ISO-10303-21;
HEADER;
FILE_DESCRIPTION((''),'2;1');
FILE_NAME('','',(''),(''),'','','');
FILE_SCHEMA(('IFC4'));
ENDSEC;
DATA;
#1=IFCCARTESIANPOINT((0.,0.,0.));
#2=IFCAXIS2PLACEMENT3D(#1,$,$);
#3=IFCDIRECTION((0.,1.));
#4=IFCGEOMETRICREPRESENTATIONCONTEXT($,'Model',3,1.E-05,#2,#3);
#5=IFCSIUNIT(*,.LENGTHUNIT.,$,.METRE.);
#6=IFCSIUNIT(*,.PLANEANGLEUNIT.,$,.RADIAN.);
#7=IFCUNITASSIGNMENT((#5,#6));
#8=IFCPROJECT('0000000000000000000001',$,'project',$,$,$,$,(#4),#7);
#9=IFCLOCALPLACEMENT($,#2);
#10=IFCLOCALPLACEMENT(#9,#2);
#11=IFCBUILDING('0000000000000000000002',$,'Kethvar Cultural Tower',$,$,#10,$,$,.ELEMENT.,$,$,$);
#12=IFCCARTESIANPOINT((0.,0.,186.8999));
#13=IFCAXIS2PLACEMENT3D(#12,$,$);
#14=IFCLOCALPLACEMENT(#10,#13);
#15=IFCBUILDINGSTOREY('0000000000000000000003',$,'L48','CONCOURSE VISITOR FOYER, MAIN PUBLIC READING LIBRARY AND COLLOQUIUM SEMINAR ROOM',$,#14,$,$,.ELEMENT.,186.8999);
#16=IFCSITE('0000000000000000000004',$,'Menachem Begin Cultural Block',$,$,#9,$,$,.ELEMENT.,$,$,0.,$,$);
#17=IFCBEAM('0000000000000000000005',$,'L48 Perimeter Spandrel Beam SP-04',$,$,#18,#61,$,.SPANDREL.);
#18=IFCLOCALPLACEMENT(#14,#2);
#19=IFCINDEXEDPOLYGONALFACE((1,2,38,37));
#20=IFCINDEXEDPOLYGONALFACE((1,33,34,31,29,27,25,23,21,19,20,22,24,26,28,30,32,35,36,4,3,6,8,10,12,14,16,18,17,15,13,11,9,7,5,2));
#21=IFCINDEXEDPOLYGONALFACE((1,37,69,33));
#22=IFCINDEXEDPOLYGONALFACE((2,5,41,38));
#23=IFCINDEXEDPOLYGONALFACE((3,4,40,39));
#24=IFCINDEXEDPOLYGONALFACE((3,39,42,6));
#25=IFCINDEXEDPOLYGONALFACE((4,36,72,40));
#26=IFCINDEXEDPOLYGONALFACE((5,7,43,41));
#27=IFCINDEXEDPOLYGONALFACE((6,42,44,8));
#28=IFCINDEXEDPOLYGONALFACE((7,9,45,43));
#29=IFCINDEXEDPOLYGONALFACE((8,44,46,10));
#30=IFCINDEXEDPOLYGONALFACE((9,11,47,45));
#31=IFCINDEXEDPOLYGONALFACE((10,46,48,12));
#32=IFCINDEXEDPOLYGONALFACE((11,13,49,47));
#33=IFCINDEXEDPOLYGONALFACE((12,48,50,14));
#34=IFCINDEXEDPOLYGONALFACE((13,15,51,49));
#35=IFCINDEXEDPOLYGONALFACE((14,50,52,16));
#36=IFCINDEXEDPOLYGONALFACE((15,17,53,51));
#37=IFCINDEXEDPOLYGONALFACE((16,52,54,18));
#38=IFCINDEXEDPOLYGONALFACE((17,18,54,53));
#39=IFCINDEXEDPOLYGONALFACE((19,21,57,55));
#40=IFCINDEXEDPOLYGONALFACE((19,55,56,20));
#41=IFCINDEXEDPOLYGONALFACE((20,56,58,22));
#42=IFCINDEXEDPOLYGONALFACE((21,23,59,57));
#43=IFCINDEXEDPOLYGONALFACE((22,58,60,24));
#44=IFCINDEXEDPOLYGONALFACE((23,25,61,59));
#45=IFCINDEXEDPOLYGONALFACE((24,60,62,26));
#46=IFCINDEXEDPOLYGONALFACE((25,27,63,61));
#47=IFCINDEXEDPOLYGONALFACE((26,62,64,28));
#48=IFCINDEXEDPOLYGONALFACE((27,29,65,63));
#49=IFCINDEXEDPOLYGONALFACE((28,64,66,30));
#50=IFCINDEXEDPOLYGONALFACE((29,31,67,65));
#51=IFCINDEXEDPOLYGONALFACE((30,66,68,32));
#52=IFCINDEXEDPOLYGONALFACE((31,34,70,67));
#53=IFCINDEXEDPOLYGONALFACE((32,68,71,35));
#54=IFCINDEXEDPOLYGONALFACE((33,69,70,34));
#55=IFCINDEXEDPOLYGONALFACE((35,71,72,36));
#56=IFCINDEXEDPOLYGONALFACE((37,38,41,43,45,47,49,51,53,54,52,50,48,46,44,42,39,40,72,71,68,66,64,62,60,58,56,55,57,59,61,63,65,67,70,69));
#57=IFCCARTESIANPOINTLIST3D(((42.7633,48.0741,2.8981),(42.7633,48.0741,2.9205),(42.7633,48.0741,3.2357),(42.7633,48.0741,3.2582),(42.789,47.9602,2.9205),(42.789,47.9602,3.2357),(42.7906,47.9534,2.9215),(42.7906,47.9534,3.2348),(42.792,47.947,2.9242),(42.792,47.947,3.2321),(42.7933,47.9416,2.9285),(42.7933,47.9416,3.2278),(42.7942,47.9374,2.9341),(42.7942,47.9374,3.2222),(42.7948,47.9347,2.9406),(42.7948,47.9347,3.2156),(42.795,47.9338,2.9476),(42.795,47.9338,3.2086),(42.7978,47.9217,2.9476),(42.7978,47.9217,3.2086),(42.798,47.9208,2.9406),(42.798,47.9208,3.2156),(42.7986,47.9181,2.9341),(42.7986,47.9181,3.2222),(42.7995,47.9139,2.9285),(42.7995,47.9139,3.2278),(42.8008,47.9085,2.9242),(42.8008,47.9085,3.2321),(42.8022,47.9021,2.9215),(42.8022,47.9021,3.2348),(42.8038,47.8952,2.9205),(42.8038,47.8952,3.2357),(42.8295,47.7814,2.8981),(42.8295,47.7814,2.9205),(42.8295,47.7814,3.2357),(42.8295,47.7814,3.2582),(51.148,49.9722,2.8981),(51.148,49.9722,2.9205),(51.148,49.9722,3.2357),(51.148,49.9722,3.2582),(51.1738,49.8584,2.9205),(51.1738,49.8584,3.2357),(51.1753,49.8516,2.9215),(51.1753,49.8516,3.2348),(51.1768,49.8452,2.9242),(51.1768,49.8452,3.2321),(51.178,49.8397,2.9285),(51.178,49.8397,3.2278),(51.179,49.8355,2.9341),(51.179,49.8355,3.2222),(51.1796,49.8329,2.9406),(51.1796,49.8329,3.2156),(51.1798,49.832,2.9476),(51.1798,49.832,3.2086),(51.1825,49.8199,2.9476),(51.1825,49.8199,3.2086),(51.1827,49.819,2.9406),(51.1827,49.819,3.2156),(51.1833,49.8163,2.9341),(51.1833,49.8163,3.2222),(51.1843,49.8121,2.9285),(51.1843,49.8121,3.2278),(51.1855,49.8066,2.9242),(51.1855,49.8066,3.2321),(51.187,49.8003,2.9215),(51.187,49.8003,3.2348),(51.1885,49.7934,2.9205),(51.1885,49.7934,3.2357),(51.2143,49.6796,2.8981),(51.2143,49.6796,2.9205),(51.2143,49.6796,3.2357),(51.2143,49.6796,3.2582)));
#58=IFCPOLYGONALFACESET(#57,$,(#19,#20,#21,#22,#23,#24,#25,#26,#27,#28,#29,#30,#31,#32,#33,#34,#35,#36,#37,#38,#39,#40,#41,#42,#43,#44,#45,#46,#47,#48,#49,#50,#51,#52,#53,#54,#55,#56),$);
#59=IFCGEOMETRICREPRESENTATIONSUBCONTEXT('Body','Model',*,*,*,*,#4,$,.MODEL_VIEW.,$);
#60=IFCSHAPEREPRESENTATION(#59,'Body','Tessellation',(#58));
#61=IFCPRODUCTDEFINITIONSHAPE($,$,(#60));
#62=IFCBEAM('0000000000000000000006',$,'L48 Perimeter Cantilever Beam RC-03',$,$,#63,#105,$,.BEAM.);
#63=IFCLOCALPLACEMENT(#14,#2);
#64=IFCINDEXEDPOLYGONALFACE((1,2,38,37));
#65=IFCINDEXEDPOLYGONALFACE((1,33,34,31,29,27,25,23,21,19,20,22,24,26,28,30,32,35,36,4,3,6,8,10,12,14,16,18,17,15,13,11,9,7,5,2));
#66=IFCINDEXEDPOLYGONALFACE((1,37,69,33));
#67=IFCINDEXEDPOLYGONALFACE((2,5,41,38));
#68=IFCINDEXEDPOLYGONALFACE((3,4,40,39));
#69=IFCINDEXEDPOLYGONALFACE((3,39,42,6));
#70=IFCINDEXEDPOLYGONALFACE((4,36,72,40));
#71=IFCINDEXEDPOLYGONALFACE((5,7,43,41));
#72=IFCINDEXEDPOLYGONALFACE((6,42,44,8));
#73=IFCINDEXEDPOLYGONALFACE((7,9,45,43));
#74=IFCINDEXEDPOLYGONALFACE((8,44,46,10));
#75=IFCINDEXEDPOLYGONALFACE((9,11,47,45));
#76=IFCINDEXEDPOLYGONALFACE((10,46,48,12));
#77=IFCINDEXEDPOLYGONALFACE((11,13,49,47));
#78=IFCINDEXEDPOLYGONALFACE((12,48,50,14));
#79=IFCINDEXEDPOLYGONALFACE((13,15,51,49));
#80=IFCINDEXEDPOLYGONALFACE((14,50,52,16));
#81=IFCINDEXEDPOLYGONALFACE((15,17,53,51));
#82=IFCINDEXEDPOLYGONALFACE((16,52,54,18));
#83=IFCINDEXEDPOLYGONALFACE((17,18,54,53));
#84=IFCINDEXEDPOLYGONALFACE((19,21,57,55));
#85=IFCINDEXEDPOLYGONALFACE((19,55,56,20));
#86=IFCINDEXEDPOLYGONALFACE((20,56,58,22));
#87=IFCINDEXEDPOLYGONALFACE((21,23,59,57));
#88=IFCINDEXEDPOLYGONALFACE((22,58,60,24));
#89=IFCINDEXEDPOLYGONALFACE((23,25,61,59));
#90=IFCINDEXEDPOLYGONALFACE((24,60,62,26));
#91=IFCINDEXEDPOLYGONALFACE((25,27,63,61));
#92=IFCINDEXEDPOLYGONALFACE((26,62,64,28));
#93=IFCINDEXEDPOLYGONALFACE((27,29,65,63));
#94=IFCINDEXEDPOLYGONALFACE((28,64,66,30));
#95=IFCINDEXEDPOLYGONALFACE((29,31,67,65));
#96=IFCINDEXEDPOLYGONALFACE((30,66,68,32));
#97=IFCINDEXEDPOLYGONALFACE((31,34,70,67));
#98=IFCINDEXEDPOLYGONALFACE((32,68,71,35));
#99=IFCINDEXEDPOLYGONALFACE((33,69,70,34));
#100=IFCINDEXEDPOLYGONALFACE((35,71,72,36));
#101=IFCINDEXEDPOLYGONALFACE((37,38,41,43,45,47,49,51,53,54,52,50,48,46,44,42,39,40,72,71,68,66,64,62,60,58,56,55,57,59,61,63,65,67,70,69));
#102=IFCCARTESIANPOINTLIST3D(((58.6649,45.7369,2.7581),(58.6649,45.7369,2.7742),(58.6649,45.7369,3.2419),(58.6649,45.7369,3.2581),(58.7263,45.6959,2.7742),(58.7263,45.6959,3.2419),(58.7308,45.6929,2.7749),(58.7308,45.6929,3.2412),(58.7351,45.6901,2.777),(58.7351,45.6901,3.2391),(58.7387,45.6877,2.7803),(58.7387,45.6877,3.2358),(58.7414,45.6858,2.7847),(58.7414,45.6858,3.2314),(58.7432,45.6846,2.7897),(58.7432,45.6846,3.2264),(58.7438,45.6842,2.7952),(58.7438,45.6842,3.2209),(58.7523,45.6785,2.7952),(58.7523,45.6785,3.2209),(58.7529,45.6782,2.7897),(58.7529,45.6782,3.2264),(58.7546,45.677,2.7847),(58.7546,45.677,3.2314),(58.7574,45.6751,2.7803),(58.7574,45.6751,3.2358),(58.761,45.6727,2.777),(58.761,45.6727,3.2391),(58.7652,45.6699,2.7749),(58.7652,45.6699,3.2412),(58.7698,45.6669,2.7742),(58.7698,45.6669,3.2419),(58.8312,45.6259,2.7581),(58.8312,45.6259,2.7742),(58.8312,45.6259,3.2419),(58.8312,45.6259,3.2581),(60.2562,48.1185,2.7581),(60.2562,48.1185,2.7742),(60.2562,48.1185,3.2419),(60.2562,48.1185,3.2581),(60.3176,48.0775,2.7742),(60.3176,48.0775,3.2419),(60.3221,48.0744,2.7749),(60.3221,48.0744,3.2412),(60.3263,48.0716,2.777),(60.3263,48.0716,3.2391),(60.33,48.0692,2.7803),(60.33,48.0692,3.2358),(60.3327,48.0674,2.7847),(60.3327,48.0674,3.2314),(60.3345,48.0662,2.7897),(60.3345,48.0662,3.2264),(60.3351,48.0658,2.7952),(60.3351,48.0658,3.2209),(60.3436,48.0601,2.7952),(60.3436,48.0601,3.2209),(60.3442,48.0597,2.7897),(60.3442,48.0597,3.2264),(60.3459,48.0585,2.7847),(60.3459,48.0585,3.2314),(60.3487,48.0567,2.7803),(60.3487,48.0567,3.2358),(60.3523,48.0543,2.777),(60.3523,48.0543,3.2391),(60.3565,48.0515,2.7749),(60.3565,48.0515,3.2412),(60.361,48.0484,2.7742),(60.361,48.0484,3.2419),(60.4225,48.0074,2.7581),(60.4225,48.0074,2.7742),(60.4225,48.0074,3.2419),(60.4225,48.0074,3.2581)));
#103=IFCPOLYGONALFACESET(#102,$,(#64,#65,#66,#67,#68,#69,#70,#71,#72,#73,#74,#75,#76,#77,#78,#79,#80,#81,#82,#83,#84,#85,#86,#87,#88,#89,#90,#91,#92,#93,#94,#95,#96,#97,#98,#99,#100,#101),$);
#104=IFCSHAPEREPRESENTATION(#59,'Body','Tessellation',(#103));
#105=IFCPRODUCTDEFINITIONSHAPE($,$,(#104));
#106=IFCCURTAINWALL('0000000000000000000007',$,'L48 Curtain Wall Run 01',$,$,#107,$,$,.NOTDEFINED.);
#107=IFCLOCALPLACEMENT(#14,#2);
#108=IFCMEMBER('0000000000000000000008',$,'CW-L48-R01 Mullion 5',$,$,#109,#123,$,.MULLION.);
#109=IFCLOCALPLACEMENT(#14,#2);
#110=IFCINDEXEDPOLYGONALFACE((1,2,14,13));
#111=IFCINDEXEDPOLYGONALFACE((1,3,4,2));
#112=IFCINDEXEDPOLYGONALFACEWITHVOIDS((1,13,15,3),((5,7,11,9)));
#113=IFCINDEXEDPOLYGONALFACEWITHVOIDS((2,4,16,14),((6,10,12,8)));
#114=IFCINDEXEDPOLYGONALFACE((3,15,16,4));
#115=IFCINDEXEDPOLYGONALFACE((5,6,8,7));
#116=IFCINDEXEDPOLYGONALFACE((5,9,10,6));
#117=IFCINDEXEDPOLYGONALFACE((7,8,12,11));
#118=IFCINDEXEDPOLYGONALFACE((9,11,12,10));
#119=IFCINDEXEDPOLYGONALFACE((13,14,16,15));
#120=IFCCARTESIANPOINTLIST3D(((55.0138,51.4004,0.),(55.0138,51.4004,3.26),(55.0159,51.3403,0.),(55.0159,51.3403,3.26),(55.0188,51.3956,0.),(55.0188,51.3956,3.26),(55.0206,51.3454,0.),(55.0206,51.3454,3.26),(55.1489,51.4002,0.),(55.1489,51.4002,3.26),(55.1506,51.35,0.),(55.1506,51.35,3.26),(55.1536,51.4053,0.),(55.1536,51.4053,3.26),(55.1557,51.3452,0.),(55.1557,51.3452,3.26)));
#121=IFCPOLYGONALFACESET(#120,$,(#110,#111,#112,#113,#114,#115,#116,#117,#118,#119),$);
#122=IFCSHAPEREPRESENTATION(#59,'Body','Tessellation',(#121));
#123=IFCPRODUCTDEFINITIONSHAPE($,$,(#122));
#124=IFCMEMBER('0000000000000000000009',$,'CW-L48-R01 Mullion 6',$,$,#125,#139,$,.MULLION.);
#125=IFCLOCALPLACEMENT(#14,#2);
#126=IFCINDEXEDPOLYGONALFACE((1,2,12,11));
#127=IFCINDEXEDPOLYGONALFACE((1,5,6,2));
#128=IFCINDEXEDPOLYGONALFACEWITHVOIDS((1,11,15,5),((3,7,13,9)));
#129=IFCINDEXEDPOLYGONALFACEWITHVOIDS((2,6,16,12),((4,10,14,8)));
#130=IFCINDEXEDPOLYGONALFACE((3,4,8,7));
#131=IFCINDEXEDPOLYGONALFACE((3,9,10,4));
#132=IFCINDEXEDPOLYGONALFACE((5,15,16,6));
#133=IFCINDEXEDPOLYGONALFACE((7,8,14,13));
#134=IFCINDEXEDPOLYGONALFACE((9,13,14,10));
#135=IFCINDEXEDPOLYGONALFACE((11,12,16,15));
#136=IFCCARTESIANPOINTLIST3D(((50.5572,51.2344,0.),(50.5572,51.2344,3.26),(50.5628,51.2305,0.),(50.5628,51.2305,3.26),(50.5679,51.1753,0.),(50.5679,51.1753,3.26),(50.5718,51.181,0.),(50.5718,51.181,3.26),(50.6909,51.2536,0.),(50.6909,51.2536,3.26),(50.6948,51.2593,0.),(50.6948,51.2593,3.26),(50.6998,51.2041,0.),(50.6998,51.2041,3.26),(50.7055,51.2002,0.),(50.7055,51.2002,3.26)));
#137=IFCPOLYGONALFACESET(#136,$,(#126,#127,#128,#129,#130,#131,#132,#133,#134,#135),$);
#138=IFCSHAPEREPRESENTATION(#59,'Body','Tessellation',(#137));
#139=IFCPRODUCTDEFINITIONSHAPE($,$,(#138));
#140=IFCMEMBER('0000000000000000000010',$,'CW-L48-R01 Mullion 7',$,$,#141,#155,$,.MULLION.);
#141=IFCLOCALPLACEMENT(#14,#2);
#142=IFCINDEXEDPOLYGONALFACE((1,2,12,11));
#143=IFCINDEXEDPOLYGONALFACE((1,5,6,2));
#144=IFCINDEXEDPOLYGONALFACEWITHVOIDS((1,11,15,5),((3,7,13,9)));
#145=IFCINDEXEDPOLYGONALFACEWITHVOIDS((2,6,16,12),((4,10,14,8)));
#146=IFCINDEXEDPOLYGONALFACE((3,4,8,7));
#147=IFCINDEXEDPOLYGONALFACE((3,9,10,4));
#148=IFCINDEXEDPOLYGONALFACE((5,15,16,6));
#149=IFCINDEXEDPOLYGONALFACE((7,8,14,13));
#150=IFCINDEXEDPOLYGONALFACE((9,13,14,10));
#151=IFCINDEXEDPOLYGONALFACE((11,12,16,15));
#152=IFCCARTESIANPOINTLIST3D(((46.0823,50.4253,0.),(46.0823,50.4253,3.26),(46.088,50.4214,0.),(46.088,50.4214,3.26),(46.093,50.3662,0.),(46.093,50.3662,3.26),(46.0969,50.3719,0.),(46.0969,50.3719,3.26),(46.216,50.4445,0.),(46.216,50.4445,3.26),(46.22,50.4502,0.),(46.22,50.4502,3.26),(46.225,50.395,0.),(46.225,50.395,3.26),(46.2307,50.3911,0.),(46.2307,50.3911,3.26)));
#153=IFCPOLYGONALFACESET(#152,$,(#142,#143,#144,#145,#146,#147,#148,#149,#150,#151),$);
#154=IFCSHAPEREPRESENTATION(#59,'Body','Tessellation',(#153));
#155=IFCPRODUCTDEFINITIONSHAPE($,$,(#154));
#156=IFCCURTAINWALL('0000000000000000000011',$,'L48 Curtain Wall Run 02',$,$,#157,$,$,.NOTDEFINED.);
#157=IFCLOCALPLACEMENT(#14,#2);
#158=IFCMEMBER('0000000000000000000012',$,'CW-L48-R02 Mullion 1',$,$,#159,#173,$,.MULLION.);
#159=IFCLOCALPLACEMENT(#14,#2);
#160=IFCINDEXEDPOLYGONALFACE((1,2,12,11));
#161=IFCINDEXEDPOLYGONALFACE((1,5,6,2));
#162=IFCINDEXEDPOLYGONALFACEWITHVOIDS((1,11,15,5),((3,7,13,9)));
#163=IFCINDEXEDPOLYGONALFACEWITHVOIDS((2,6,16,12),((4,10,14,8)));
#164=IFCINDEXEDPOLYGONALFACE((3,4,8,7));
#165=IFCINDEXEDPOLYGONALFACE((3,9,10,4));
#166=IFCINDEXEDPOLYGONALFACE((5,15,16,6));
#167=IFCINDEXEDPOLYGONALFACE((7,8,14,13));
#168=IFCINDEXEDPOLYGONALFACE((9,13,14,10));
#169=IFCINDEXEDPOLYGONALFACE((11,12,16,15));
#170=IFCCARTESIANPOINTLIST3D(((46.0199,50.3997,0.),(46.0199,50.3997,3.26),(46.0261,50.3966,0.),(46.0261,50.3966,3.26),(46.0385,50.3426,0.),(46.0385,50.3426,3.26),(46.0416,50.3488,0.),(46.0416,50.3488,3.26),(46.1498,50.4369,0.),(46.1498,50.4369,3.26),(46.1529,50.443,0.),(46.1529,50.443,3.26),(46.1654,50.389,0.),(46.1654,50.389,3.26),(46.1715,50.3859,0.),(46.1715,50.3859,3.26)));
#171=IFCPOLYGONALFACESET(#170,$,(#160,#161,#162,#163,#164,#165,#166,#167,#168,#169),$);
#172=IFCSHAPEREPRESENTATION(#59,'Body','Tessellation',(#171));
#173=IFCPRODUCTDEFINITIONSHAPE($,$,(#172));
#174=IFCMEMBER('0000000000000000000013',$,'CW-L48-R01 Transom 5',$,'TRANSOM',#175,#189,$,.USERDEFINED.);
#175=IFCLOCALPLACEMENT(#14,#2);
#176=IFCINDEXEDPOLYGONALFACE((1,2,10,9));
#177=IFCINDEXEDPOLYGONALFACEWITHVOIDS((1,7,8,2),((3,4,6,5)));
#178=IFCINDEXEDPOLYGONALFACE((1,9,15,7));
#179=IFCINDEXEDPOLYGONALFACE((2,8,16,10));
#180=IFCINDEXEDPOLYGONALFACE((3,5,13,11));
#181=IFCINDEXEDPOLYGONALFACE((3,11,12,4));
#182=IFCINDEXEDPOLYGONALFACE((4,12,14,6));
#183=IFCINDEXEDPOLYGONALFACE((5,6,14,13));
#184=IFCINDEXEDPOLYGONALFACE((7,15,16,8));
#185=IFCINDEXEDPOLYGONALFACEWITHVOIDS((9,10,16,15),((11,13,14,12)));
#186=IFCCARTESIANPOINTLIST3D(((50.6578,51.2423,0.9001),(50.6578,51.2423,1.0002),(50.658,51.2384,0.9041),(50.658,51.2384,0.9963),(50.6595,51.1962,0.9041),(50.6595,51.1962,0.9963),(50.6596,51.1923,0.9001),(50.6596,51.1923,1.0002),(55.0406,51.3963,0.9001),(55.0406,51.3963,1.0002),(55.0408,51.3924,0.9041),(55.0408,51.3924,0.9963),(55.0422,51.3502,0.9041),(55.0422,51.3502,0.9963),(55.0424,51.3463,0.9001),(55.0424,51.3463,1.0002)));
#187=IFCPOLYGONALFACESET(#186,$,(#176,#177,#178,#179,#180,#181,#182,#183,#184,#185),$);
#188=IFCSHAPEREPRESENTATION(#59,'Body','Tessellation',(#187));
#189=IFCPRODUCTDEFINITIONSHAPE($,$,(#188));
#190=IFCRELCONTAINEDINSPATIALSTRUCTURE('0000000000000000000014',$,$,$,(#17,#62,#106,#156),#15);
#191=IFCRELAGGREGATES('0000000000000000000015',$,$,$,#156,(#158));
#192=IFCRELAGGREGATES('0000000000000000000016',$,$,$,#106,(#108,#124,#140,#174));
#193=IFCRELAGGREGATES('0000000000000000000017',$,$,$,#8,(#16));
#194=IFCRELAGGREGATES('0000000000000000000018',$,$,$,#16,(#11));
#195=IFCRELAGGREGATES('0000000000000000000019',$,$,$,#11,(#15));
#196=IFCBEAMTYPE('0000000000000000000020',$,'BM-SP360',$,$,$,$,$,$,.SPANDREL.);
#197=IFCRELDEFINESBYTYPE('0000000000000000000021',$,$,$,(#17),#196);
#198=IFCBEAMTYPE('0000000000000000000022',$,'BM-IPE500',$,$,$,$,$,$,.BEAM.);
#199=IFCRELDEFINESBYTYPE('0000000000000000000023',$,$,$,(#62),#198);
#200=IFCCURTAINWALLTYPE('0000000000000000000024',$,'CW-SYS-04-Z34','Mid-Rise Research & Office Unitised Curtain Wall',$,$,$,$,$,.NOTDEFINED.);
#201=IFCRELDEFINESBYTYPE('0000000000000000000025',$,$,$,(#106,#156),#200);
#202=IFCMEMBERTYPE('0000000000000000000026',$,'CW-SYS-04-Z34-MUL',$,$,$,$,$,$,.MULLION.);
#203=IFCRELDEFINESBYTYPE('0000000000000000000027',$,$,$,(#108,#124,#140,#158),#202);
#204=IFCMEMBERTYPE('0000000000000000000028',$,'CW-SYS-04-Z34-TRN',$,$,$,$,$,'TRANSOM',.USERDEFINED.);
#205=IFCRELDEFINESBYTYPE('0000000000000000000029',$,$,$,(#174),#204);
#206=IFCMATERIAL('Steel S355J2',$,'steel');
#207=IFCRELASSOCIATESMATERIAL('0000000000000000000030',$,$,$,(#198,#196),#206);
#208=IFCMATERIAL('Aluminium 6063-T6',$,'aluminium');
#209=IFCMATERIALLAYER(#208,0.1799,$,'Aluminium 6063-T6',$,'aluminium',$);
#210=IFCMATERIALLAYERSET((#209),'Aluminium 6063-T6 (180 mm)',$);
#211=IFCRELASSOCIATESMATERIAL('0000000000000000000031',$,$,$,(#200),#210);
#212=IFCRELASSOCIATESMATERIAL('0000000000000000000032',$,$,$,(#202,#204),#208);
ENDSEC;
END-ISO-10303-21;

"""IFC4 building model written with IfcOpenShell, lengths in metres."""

from ifc_helpers import new_model, si_unit, direction, frame, origin, origin_2d, place, context, subcontext, project, spatial, hollow_rectangle, i_section, extrude, source, transform, mapped, material, layer, layer_set, material_profile, profile_set, type_object, element, aggregate, save


model = new_model("IFC4")

# Units and contexts
model_context = context("Model", 3, precision=1e-05, world=origin(), true_north=direction((0.0, 1.0)))
body_context = subcontext(model_context, "Body", "Model", "MODEL_VIEW")
ifc_project = project(units=[si_unit("LENGTHUNIT", "METRE"), si_unit("PLANEANGLEUNIT", "RADIAN")], contexts=[model_context])

# Site, building, storey
site_placement = place(None, origin())
site = spatial("IfcSite", under=ifc_project, at=site_placement, Name="Menachem Begin Cultural Block", CompositionType="ELEMENT", RefElevation=0.0)
building_placement = place(site_placement, origin())
building = spatial("IfcBuilding", under=site, at=building_placement, Name="Kethvar Cultural Tower", CompositionType="ELEMENT")
storey_placement = place(building_placement, frame((0.0, 0.0, 186.8999)))
storey = spatial("IfcBuildingStorey", under=building, at=storey_placement, Name="L48", Description="CONCOURSE VISITOR FOYER, MAIN PUBLIC READING LIBRARY AND COLLOQUIUM SEMINAR ROOM", CompositionType="ELEMENT", Elevation=186.8999)

# Beams
ifc_material_1 = material(Name="Steel S355J2", Category="steel")
ifc_material_profile_1 = material_profile(ifc_material_1, i_section(OverallWidth=0.2, OverallDepth=0.5, WebThickness=0.0103, FlangeThickness=0.0161, FilletRadius=0.021, at=origin_2d()), Name="Steel S355J2 — IPE500")
ifc_profile_set_1 = profile_set([ifc_material_profile_1], Name="Steel S355J2 — IPE500")
beam_type_1 = type_object("IfcBeamType", Name="BM-IPE500", PredefinedType="BEAM", material=ifc_profile_set_1)
ifc_material_profile_2 = material_profile(ifc_material_1, i_section(OverallWidth=0.3, OverallDepth=0.3601, WebThickness=0.0125, FlangeThickness=0.0225, FilletRadius=0.0271, at=origin_2d()), Name="Steel S355J2 — HEB360")
ifc_profile_set_2 = profile_set([ifc_material_profile_2], Name="Steel S355J2 — HEB360")
beam_type_2 = type_object("IfcBeamType", Name="BM-SP360", PredefinedType="SPANDREL", material=ifc_profile_set_2)
shared_shape_1 = source(origin(), body_context, "Body", "SweptSolid", [
    extrude(i_section(OverallWidth=0.3, OverallDepth=0.3601, WebThickness=0.0125, FlangeThickness=0.0225, FilletRadius=0.0271, at=origin_2d()), origin(), (0.0, 0.0, 1.0), 8.5969),
])
beam_1_placement = place(storey_placement, frame((51.1812, 49.8259, 3.0781), z_axis=(-0.975319, -0.220799, 0.0), x_axis=(0.220799, -0.975319, 0.0)))
element("IfcBeam", 1, at=beam_1_placement, inside=storey, type_object=beam_type_2, Name="L48 Perimeter Spandrel Beam SP-04", PredefinedType="SPANDREL", context=body_context, shape_type="MappedRepresentation", body=[
    mapped(shared_shape_1, transform((0.0, 0.0, 0.0), scale=1.0)),
])
shared_shape_2 = source(origin(), body_context, "Body", "SweptSolid", [
    extrude(i_section(OverallWidth=0.2, OverallDepth=0.5, WebThickness=0.0103, FlangeThickness=0.0161, FilletRadius=0.021, at=origin_2d()), origin(), (0.0, 0.0, 1.0), 2.8643),
])
beam_2_placement = place(storey_placement, frame((58.748, 45.6814, 3.0081), z_axis=(0.555565, 0.831473, 0.0), x_axis=(-0.831473, 0.555565, 0.0)))
element("IfcBeam", 2, at=beam_2_placement, inside=storey, type_object=beam_type_1, Name="L48 Perimeter Cantilever Beam RC-03", PredefinedType="BEAM", context=body_context, shape_type="MappedRepresentation", body=[
    mapped(shared_shape_2, transform((0.0, 0.0, 0.0), scale=1.0)),
])

# Curtain wall, members
ifc_material_2 = material(Name="Aluminium 6063-T6", Category="aluminium")
ifc_layer_1 = layer(ifc_material_2, 0.1799, Name="Aluminium 6063-T6", Category="aluminium")
ifc_layer_set_1 = layer_set([ifc_layer_1], Name="Aluminium 6063-T6 (180 mm)")
curtain_wall_type = type_object("IfcCurtainWallType", Name="CW-SYS-04-Z34", Description="Mid-Rise Research & Office Unitised Curtain Wall", PredefinedType="NOTDEFINED", material=ifc_layer_set_1)
curtain_wall_1_placement = place(storey_placement, origin())
curtain_wall_1 = element("IfcCurtainWall", 3, at=curtain_wall_1_placement, inside=storey, type_object=curtain_wall_type, Name="L48 Curtain Wall Run 01", PredefinedType="NOTDEFINED")
ifc_material_profile_3 = material_profile(ifc_material_2, hollow_rectangle(XDim=0.0601, YDim=0.1399, WallThickness=0.0049, at=origin_2d()), Name="Aluminium 6063-T6 — RHS140x60x5")
ifc_profile_set_3 = profile_set([ifc_material_profile_3], Name="Aluminium 6063-T6 — RHS140x60x5")
member_type_1 = type_object("IfcMemberType", Name="CW-SYS-04-Z34-MUL", PredefinedType="MULLION", material=ifc_profile_set_3)
shared_shape_3 = source(origin(), body_context, "Body", "SweptSolid", [
    extrude(hollow_rectangle(XDim=0.0601, YDim=0.1399, WallThickness=0.0049, at=origin_2d()), origin(), (0.0, 0.0, 1.0), 3.26),
])
member_1_placement = place(storey_placement, frame((55.0847, 51.3728, 0.0), z_axis=(0.0, 0.0, 1.0), x_axis=(0.035126, -0.999383, 0.0)))
member_1 = element("IfcMember", 4, at=member_1_placement, type_object=member_type_1, Name="CW-L48-R01 Mullion 5", PredefinedType="MULLION", context=body_context, shape_type="MappedRepresentation", body=[
    mapped(shared_shape_3, transform((0.0, 0.0, 0.0), scale=1.0)),
])
member_2_placement = place(storey_placement, frame((50.6313, 51.2173, 0.0), z_axis=(0.0, 0.0, 1.0), x_axis=(0.177944, -0.984041, 0.0)))
member_2 = element("IfcMember", 5, at=member_2_placement, type_object=member_type_1, Name="CW-L48-R01 Mullion 6", PredefinedType="MULLION", context=body_context, shape_type="MappedRepresentation", body=[
    mapped(shared_shape_3, transform((0.0, 0.0, 0.0), scale=1.0)),
])
member_3_placement = place(storey_placement, frame((46.1565, 50.4082, 0.0), z_axis=(0.0, 0.0, 1.0), x_axis=(0.177944, -0.984041, 0.0)))
member_3 = element("IfcMember", 6, at=member_3_placement, type_object=member_type_1, Name="CW-L48-R01 Mullion 7", PredefinedType="MULLION", context=body_context, shape_type="MappedRepresentation", body=[
    mapped(shared_shape_3, transform((0.0, 0.0, 0.0), scale=1.0)),
])

# Curtain wall, member
curtain_wall_2_placement = place(storey_placement, origin())
curtain_wall_2 = element("IfcCurtainWall", 7, at=curtain_wall_2_placement, inside=storey, type_object=curtain_wall_type, Name="L48 Curtain Wall Run 02", PredefinedType="NOTDEFINED")
member_4_placement = place(storey_placement, frame((46.0957, 50.3928, 0.0), z_axis=(0.0, 0.0, 1.0), x_axis=(0.309532, -0.950889, 0.0)))
member_4 = element("IfcMember", 8, at=member_4_placement, type_object=member_type_1, Name="CW-L48-R02 Mullion 1", PredefinedType="MULLION", context=body_context, shape_type="MappedRepresentation", body=[
    mapped(shared_shape_3, transform((0.0, 0.0, 0.0), scale=1.0)),
])

# Member
ifc_material_profile_4 = material_profile(ifc_material_2, hollow_rectangle(XDim=0.05, YDim=0.1001, WallThickness=0.0039, at=origin_2d()), Name="Aluminium 6063-T6 — RHS100x50x4")
ifc_profile_set_4 = profile_set([ifc_material_profile_4], Name="Aluminium 6063-T6 — RHS100x50x4")
member_type_2 = type_object("IfcMemberType", Name="CW-SYS-04-Z34-TRN", ElementType="TRANSOM", PredefinedType="USERDEFINED", material=ifc_profile_set_4)
shared_shape_4 = source(origin(), body_context, "Body", "SweptSolid", [
    extrude(hollow_rectangle(XDim=0.05, YDim=0.1001, WallThickness=0.0039, at=origin_2d()), origin(), (0.0, 0.0, 1.0), 4.3855),
])
member_5_placement = place(storey_placement, frame((55.0415, 51.3713, 0.9502), z_axis=(-0.999383, -0.035128, 0.0), x_axis=(0.035128, -0.999383, 0.0)))
member_5 = element("IfcMember", 9, at=member_5_placement, type_object=member_type_2, Name="CW-L48-R01 Transom 5", ObjectType="TRANSOM", PredefinedType="USERDEFINED", context=body_context, shape_type="MappedRepresentation", body=[
    mapped(shared_shape_4, transform((0.0, 0.0, 0.0), scale=1.0)),
])
aggregate(curtain_wall_2, [member_4])

aggregate(curtain_wall_1, [member_1, member_2, member_3, member_5])

save(model, "model.ifc")
